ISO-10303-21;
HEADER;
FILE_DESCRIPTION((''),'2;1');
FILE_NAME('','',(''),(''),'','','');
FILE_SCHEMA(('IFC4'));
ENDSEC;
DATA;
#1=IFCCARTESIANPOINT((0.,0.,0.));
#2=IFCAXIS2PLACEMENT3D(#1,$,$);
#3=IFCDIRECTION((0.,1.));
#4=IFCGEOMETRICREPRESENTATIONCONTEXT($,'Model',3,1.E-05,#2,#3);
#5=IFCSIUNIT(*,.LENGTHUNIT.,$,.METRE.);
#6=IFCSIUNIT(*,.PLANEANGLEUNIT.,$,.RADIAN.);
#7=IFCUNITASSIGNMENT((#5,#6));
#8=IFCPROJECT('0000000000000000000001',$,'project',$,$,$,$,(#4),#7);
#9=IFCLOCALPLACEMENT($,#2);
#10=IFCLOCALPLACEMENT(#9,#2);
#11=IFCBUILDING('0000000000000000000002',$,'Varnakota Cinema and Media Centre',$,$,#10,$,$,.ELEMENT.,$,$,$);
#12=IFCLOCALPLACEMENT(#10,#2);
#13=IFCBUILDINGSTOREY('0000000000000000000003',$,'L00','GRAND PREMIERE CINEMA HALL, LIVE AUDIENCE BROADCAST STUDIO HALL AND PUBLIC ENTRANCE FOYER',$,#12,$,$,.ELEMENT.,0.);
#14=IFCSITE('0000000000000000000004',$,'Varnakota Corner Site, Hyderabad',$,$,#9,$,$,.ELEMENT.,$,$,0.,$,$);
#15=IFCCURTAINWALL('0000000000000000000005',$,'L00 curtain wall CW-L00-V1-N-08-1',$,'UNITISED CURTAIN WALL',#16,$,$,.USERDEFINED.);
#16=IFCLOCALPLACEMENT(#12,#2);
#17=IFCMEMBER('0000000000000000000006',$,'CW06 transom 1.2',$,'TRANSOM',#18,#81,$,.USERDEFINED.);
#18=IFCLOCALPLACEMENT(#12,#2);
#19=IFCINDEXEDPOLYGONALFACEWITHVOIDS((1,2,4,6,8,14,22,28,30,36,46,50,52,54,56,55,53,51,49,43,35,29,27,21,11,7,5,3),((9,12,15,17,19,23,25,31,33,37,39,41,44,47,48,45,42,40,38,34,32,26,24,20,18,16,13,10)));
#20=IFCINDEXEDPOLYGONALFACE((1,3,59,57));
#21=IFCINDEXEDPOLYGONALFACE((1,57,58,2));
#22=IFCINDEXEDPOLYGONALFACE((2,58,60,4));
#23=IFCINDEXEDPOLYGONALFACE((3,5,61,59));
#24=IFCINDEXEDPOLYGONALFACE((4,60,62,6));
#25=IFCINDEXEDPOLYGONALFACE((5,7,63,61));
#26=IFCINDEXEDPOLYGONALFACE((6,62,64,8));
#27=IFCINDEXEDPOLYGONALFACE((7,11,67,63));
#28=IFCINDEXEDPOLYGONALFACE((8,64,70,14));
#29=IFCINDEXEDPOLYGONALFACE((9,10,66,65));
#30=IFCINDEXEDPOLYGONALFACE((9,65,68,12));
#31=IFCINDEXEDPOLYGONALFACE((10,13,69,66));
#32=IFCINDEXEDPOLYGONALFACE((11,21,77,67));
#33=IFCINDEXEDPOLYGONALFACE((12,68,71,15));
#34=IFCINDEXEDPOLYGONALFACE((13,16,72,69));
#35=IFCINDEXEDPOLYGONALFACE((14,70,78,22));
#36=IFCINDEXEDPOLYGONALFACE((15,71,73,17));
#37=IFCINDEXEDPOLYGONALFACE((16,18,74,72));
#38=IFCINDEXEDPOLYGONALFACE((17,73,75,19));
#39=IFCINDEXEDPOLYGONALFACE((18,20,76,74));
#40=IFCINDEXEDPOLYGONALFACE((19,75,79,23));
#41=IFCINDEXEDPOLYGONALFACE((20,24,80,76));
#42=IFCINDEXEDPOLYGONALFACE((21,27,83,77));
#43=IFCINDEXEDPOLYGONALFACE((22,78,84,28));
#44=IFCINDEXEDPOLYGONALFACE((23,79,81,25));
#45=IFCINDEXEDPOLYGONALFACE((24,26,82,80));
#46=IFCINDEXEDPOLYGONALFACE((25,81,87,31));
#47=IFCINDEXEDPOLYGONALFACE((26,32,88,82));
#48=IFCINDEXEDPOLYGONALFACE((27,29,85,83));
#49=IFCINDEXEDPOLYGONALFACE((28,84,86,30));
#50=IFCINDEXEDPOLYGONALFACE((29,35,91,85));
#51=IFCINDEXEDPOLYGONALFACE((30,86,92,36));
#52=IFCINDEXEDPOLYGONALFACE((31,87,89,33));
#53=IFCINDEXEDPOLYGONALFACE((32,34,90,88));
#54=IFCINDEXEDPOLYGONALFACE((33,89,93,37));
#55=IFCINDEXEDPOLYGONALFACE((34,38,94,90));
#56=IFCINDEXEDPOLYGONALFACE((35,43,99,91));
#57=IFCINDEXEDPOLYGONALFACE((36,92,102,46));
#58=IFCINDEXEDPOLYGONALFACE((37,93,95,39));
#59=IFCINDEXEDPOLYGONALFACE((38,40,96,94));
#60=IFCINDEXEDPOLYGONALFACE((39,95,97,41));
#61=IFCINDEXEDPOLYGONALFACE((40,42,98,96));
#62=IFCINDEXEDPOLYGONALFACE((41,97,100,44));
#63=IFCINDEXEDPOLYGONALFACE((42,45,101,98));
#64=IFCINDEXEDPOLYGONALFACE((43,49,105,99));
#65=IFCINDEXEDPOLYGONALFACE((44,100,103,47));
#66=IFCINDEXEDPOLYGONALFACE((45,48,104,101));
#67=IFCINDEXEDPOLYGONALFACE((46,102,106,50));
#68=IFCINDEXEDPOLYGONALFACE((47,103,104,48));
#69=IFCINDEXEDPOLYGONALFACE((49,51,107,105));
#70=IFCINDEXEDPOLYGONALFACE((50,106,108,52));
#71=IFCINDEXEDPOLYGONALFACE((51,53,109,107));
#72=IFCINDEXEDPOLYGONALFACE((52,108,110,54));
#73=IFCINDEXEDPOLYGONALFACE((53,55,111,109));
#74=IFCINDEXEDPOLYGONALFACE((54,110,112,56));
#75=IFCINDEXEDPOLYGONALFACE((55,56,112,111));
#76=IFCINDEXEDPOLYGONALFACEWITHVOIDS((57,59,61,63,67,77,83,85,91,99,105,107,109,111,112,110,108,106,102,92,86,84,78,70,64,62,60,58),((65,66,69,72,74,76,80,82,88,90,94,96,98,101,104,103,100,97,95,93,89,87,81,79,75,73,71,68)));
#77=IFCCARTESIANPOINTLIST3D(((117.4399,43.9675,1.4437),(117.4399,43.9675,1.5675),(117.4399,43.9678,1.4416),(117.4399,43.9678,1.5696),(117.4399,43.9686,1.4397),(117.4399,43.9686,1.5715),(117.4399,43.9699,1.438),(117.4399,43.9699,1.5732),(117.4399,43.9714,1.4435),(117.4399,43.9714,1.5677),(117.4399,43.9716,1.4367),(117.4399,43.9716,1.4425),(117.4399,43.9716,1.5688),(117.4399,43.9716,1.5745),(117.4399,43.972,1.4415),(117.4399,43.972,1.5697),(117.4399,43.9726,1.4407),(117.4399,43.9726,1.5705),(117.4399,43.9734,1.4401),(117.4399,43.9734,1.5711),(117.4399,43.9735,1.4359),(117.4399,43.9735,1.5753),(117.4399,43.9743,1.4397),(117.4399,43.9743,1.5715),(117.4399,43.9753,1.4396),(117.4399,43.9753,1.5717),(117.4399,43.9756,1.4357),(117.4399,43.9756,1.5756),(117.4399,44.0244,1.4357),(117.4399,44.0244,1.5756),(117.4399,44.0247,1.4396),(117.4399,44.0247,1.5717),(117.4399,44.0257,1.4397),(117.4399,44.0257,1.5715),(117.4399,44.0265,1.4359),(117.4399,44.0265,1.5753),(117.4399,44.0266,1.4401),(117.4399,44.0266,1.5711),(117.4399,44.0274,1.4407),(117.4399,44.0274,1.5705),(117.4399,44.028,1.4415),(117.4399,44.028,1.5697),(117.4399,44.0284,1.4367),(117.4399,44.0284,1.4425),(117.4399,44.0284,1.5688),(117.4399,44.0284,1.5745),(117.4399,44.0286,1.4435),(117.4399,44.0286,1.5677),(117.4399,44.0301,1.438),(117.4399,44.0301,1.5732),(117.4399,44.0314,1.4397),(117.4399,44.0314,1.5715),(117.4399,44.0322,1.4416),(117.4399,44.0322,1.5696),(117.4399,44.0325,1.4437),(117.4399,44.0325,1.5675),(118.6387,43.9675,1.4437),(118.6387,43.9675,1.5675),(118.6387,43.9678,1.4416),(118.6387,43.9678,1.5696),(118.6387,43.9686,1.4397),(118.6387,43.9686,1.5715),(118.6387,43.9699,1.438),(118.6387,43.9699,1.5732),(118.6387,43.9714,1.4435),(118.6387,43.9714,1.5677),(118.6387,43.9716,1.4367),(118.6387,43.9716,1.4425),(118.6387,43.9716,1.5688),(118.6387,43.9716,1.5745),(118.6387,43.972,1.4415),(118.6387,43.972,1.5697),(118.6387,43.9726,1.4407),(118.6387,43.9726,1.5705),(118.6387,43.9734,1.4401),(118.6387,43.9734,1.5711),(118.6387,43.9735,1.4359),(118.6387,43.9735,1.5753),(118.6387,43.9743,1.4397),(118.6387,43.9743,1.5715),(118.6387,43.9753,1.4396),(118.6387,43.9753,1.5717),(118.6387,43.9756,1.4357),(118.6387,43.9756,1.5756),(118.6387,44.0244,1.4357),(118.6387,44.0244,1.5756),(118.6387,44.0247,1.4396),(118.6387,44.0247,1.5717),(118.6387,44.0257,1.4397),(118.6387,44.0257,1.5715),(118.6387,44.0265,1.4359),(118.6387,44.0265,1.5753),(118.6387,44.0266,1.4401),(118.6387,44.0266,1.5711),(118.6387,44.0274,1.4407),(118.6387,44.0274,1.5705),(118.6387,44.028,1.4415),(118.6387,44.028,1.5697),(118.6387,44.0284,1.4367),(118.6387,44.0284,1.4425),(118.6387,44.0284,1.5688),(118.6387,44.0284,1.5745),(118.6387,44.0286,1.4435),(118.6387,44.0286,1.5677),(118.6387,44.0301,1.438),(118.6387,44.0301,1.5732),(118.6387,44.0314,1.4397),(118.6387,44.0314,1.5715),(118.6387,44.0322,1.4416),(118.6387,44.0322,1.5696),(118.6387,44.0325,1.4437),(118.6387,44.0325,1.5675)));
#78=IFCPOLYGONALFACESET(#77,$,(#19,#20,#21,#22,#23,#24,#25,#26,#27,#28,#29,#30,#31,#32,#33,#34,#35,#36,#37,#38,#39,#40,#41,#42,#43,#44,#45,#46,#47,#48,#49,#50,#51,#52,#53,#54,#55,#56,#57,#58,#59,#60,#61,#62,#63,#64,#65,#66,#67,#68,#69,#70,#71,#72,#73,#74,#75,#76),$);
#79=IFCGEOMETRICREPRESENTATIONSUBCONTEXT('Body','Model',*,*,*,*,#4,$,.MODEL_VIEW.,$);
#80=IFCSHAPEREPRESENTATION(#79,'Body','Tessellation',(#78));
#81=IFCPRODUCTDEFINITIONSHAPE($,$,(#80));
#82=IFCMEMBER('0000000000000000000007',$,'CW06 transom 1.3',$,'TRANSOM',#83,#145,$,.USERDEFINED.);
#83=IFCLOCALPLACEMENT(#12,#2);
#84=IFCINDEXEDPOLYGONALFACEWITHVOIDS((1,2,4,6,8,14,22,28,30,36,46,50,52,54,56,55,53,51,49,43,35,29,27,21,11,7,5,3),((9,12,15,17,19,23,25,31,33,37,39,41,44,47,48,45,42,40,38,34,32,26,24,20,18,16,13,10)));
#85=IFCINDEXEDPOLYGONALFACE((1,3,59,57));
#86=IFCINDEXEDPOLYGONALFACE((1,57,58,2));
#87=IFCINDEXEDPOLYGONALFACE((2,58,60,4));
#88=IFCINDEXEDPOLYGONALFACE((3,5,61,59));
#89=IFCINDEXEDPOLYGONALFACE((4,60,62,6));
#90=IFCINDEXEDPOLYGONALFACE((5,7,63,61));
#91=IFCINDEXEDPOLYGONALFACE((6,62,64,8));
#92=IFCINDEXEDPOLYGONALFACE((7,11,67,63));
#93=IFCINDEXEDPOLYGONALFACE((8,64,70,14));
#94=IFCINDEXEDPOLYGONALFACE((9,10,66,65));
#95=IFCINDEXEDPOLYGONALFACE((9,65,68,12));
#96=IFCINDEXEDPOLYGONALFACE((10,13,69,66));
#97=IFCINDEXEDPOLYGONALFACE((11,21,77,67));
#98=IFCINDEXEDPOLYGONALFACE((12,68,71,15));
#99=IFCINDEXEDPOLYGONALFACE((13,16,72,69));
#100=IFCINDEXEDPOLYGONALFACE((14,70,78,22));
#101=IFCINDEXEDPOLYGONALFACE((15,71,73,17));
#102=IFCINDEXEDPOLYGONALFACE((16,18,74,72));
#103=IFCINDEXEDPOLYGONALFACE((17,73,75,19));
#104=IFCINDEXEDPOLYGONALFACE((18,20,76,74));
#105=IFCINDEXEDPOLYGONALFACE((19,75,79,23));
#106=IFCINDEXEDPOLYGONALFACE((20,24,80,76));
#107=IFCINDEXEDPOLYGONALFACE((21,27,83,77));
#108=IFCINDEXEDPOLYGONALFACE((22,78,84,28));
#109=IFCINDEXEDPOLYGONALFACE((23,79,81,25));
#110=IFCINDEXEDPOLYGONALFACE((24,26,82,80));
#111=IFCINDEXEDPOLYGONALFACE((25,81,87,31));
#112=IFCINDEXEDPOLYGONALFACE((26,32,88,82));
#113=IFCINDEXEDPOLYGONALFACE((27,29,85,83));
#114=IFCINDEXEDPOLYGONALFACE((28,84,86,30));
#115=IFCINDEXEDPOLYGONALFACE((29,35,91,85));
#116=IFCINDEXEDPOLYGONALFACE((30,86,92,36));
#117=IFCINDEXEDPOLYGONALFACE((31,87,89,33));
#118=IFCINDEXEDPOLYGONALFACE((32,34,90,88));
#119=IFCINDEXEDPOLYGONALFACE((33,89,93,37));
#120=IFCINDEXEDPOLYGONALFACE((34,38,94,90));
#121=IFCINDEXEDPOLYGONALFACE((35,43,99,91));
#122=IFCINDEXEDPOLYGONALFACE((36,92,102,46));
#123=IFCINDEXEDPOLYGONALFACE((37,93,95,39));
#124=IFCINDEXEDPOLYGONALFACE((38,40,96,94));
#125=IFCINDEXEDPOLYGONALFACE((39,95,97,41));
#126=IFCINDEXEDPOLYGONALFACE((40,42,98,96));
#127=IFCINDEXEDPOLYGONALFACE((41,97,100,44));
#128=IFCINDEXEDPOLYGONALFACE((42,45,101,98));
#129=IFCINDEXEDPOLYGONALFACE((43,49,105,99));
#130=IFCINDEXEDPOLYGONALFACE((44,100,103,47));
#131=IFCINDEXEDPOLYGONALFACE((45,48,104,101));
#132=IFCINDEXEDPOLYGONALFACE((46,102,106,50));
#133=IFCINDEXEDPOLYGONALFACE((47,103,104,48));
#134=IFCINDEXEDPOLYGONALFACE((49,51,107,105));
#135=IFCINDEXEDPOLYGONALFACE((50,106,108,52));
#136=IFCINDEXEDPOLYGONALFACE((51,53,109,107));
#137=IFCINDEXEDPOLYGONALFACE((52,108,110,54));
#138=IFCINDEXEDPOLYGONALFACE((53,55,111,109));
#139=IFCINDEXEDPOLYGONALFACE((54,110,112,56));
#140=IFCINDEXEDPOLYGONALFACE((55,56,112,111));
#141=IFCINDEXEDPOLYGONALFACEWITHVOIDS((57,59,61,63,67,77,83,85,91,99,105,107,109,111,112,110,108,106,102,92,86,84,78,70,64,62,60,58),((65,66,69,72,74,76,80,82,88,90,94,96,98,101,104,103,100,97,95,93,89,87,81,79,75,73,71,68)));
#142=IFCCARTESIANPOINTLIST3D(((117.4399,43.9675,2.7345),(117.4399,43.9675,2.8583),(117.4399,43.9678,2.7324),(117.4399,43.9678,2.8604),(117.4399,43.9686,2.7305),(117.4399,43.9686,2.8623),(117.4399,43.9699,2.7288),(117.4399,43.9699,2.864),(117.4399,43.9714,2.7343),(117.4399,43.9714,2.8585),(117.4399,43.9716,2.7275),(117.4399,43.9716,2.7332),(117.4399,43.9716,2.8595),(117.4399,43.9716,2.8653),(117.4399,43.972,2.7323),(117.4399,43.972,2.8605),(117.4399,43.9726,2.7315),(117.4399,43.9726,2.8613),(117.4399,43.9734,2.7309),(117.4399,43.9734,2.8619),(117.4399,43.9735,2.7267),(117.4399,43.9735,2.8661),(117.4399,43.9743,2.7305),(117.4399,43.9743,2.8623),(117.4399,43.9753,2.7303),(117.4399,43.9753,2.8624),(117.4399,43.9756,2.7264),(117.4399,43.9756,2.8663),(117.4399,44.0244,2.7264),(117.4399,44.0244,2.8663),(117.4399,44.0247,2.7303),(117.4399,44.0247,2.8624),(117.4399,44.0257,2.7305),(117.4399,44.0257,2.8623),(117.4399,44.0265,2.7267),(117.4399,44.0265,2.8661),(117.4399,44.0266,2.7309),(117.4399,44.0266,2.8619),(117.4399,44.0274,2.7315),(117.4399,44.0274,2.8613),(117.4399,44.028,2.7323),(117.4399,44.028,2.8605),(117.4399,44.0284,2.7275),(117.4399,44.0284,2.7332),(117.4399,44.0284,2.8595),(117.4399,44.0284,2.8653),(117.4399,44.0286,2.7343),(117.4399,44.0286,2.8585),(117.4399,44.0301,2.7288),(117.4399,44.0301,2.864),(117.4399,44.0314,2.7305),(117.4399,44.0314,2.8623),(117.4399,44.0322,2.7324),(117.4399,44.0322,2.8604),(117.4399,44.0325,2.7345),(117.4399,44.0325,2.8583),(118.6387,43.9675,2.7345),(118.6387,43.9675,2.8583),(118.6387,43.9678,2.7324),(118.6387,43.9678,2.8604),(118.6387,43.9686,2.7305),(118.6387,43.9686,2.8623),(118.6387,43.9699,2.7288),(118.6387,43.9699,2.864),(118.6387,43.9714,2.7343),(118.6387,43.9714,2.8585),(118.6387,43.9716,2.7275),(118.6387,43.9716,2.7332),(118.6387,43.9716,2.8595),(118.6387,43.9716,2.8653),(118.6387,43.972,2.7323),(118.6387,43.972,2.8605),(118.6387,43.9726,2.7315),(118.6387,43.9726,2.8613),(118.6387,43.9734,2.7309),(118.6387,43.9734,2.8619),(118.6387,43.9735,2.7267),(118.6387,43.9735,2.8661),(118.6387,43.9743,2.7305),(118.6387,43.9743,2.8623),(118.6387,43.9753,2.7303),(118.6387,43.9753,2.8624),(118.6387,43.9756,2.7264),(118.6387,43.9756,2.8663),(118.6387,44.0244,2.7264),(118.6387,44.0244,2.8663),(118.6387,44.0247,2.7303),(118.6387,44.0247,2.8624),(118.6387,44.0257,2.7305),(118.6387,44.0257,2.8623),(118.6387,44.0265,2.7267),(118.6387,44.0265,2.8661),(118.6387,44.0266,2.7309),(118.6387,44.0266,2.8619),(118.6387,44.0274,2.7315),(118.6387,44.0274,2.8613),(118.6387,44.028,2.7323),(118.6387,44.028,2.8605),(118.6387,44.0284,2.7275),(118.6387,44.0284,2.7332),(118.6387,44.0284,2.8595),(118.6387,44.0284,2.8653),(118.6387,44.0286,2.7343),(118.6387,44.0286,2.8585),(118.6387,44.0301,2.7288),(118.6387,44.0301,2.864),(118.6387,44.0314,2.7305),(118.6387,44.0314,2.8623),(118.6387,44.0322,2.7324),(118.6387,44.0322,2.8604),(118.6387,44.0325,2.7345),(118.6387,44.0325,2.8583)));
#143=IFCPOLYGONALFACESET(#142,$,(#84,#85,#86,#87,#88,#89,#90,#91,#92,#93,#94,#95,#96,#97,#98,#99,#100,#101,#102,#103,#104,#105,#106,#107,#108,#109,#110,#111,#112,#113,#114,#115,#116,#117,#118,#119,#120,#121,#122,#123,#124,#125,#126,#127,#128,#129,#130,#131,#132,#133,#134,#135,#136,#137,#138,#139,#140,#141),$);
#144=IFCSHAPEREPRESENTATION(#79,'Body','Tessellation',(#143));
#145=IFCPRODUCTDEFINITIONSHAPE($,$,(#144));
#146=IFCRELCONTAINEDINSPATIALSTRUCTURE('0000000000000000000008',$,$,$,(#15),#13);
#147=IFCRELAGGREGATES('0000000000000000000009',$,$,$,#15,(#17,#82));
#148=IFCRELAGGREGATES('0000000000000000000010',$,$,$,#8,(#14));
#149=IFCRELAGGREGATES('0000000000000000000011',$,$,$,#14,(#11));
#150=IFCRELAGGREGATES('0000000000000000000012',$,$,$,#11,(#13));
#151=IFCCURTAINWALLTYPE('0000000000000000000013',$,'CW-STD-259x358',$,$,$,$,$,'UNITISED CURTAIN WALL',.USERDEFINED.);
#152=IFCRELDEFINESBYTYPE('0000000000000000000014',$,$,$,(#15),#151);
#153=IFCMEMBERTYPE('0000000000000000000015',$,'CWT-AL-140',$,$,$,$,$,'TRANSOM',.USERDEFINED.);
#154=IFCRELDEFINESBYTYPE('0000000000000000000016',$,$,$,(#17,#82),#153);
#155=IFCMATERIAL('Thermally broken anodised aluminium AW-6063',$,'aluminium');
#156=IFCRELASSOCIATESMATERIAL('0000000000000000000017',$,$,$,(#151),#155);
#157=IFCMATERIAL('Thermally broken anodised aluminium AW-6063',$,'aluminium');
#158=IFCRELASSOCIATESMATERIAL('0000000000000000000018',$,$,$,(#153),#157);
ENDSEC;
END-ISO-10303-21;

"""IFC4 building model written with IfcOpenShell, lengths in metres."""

from ifc_helpers import new_model, si_unit, direction, frame, origin, origin_2d, place, context, subcontext, project, spatial, hollow_rectangle, extrude, material, material_profile, profile_set, type_object, element, aggregate, save


model = new_model("IFC4")

# Units and contexts
model_context = context("Model", 3, precision=1e-05, world=origin(), true_north=direction((0.0, 1.0)))
body_context = subcontext(model_context, "Body", "Model", "MODEL_VIEW")
ifc_project = project(units=[si_unit("LENGTHUNIT", "METRE"), si_unit("PLANEANGLEUNIT", "RADIAN")], contexts=[model_context])

# Site, building, storey
site_placement = place(None, origin())
site = spatial("IfcSite", under=ifc_project, at=site_placement, Name="Varnakota Corner Site, Hyderabad", CompositionType="ELEMENT", RefElevation=0.0)
building_placement = place(site_placement, origin())
building = spatial("IfcBuilding", under=site, at=building_placement, Name="Varnakota Cinema and Media Centre", CompositionType="ELEMENT")
storey_placement = place(building_placement, origin())
storey = spatial("IfcBuildingStorey", under=building, at=storey_placement, Name="L00", Description="GRAND PREMIERE CINEMA HALL, LIVE AUDIENCE BROADCAST STUDIO HALL AND PUBLIC ENTRANCE FOYER", CompositionType="ELEMENT", Elevation=0.0)

# Curtain wall
ifc_material_1 = material(Name="Thermally broken anodised aluminium AW-6063", Category="aluminium")
curtain_wall_type = type_object("IfcCurtainWallType", Name="CW-STD-259x358", ElementType="UNITISED CURTAIN WALL", PredefinedType="USERDEFINED", material=ifc_material_1)
curtain_wall_1_placement = place(storey_placement, origin())
curtain_wall_1 = element("IfcCurtainWall", 1, at=curtain_wall_1_placement, inside=storey, type_object=curtain_wall_type, Name="L00 curtain wall CW-L00-V1-N-08-1", ObjectType="UNITISED CURTAIN WALL", PredefinedType="USERDEFINED")

# Members
ifc_material_2 = material(Name="Thermally broken anodised aluminium AW-6063", Category="aluminium")
ifc_material_profile_1 = material_profile(ifc_material_2, hollow_rectangle(XDim=0.0649, YDim=0.1399, WallThickness=0.0039, InnerFilletRadius=0.0039, OuterFilletRadius=0.0081, at=origin_2d()), Name="AL-TRANSOM 140x65x4")
ifc_profile_set_1 = profile_set([ifc_material_profile_1], Name="Thermally broken anodised aluminium AW-6063")
member_type_1 = type_object("IfcMemberType", Name="CWT-AL-140", ElementType="TRANSOM", PredefinedType="USERDEFINED", material=ifc_profile_set_1)
member_1_placement = place(storey_placement, frame((117.4399, 44.0, 1.5056), z_axis=(1.0, 0.0, 0.0), x_axis=(0.0, 1.0, 0.0)))
member_1 = element("IfcMember", 2, at=member_1_placement, type_object=member_type_1, Name="CW06 transom 1.2", ObjectType="TRANSOM", PredefinedType="USERDEFINED", context=body_context, shape_type="SweptSolid", body=[
    extrude(hollow_rectangle(XDim=0.0649, YDim=0.1399, WallThickness=0.0039, InnerFilletRadius=0.0039, OuterFilletRadius=0.0081, at=origin_2d()), origin(), (0.0, 0.0, 1.0), 1.1987),
])
member_2_placement = place(storey_placement, frame((117.4399, 44.0, 2.7964), z_axis=(1.0, 0.0, 0.0), x_axis=(0.0, 1.0, 0.0)))
member_2 = element("IfcMember", 3, at=member_2_placement, type_object=member_type_1, Name="CW06 transom 1.3", ObjectType="TRANSOM", PredefinedType="USERDEFINED", context=body_context, shape_type="SweptSolid", body=[
    extrude(hollow_rectangle(XDim=0.0649, YDim=0.1399, WallThickness=0.0039, InnerFilletRadius=0.0039, OuterFilletRadius=0.0081, at=origin_2d()), origin(), (0.0, 0.0, 1.0), 1.1987),
])

aggregate(curtain_wall_1, [member_1, member_2])

save(model, "model.ifc")
